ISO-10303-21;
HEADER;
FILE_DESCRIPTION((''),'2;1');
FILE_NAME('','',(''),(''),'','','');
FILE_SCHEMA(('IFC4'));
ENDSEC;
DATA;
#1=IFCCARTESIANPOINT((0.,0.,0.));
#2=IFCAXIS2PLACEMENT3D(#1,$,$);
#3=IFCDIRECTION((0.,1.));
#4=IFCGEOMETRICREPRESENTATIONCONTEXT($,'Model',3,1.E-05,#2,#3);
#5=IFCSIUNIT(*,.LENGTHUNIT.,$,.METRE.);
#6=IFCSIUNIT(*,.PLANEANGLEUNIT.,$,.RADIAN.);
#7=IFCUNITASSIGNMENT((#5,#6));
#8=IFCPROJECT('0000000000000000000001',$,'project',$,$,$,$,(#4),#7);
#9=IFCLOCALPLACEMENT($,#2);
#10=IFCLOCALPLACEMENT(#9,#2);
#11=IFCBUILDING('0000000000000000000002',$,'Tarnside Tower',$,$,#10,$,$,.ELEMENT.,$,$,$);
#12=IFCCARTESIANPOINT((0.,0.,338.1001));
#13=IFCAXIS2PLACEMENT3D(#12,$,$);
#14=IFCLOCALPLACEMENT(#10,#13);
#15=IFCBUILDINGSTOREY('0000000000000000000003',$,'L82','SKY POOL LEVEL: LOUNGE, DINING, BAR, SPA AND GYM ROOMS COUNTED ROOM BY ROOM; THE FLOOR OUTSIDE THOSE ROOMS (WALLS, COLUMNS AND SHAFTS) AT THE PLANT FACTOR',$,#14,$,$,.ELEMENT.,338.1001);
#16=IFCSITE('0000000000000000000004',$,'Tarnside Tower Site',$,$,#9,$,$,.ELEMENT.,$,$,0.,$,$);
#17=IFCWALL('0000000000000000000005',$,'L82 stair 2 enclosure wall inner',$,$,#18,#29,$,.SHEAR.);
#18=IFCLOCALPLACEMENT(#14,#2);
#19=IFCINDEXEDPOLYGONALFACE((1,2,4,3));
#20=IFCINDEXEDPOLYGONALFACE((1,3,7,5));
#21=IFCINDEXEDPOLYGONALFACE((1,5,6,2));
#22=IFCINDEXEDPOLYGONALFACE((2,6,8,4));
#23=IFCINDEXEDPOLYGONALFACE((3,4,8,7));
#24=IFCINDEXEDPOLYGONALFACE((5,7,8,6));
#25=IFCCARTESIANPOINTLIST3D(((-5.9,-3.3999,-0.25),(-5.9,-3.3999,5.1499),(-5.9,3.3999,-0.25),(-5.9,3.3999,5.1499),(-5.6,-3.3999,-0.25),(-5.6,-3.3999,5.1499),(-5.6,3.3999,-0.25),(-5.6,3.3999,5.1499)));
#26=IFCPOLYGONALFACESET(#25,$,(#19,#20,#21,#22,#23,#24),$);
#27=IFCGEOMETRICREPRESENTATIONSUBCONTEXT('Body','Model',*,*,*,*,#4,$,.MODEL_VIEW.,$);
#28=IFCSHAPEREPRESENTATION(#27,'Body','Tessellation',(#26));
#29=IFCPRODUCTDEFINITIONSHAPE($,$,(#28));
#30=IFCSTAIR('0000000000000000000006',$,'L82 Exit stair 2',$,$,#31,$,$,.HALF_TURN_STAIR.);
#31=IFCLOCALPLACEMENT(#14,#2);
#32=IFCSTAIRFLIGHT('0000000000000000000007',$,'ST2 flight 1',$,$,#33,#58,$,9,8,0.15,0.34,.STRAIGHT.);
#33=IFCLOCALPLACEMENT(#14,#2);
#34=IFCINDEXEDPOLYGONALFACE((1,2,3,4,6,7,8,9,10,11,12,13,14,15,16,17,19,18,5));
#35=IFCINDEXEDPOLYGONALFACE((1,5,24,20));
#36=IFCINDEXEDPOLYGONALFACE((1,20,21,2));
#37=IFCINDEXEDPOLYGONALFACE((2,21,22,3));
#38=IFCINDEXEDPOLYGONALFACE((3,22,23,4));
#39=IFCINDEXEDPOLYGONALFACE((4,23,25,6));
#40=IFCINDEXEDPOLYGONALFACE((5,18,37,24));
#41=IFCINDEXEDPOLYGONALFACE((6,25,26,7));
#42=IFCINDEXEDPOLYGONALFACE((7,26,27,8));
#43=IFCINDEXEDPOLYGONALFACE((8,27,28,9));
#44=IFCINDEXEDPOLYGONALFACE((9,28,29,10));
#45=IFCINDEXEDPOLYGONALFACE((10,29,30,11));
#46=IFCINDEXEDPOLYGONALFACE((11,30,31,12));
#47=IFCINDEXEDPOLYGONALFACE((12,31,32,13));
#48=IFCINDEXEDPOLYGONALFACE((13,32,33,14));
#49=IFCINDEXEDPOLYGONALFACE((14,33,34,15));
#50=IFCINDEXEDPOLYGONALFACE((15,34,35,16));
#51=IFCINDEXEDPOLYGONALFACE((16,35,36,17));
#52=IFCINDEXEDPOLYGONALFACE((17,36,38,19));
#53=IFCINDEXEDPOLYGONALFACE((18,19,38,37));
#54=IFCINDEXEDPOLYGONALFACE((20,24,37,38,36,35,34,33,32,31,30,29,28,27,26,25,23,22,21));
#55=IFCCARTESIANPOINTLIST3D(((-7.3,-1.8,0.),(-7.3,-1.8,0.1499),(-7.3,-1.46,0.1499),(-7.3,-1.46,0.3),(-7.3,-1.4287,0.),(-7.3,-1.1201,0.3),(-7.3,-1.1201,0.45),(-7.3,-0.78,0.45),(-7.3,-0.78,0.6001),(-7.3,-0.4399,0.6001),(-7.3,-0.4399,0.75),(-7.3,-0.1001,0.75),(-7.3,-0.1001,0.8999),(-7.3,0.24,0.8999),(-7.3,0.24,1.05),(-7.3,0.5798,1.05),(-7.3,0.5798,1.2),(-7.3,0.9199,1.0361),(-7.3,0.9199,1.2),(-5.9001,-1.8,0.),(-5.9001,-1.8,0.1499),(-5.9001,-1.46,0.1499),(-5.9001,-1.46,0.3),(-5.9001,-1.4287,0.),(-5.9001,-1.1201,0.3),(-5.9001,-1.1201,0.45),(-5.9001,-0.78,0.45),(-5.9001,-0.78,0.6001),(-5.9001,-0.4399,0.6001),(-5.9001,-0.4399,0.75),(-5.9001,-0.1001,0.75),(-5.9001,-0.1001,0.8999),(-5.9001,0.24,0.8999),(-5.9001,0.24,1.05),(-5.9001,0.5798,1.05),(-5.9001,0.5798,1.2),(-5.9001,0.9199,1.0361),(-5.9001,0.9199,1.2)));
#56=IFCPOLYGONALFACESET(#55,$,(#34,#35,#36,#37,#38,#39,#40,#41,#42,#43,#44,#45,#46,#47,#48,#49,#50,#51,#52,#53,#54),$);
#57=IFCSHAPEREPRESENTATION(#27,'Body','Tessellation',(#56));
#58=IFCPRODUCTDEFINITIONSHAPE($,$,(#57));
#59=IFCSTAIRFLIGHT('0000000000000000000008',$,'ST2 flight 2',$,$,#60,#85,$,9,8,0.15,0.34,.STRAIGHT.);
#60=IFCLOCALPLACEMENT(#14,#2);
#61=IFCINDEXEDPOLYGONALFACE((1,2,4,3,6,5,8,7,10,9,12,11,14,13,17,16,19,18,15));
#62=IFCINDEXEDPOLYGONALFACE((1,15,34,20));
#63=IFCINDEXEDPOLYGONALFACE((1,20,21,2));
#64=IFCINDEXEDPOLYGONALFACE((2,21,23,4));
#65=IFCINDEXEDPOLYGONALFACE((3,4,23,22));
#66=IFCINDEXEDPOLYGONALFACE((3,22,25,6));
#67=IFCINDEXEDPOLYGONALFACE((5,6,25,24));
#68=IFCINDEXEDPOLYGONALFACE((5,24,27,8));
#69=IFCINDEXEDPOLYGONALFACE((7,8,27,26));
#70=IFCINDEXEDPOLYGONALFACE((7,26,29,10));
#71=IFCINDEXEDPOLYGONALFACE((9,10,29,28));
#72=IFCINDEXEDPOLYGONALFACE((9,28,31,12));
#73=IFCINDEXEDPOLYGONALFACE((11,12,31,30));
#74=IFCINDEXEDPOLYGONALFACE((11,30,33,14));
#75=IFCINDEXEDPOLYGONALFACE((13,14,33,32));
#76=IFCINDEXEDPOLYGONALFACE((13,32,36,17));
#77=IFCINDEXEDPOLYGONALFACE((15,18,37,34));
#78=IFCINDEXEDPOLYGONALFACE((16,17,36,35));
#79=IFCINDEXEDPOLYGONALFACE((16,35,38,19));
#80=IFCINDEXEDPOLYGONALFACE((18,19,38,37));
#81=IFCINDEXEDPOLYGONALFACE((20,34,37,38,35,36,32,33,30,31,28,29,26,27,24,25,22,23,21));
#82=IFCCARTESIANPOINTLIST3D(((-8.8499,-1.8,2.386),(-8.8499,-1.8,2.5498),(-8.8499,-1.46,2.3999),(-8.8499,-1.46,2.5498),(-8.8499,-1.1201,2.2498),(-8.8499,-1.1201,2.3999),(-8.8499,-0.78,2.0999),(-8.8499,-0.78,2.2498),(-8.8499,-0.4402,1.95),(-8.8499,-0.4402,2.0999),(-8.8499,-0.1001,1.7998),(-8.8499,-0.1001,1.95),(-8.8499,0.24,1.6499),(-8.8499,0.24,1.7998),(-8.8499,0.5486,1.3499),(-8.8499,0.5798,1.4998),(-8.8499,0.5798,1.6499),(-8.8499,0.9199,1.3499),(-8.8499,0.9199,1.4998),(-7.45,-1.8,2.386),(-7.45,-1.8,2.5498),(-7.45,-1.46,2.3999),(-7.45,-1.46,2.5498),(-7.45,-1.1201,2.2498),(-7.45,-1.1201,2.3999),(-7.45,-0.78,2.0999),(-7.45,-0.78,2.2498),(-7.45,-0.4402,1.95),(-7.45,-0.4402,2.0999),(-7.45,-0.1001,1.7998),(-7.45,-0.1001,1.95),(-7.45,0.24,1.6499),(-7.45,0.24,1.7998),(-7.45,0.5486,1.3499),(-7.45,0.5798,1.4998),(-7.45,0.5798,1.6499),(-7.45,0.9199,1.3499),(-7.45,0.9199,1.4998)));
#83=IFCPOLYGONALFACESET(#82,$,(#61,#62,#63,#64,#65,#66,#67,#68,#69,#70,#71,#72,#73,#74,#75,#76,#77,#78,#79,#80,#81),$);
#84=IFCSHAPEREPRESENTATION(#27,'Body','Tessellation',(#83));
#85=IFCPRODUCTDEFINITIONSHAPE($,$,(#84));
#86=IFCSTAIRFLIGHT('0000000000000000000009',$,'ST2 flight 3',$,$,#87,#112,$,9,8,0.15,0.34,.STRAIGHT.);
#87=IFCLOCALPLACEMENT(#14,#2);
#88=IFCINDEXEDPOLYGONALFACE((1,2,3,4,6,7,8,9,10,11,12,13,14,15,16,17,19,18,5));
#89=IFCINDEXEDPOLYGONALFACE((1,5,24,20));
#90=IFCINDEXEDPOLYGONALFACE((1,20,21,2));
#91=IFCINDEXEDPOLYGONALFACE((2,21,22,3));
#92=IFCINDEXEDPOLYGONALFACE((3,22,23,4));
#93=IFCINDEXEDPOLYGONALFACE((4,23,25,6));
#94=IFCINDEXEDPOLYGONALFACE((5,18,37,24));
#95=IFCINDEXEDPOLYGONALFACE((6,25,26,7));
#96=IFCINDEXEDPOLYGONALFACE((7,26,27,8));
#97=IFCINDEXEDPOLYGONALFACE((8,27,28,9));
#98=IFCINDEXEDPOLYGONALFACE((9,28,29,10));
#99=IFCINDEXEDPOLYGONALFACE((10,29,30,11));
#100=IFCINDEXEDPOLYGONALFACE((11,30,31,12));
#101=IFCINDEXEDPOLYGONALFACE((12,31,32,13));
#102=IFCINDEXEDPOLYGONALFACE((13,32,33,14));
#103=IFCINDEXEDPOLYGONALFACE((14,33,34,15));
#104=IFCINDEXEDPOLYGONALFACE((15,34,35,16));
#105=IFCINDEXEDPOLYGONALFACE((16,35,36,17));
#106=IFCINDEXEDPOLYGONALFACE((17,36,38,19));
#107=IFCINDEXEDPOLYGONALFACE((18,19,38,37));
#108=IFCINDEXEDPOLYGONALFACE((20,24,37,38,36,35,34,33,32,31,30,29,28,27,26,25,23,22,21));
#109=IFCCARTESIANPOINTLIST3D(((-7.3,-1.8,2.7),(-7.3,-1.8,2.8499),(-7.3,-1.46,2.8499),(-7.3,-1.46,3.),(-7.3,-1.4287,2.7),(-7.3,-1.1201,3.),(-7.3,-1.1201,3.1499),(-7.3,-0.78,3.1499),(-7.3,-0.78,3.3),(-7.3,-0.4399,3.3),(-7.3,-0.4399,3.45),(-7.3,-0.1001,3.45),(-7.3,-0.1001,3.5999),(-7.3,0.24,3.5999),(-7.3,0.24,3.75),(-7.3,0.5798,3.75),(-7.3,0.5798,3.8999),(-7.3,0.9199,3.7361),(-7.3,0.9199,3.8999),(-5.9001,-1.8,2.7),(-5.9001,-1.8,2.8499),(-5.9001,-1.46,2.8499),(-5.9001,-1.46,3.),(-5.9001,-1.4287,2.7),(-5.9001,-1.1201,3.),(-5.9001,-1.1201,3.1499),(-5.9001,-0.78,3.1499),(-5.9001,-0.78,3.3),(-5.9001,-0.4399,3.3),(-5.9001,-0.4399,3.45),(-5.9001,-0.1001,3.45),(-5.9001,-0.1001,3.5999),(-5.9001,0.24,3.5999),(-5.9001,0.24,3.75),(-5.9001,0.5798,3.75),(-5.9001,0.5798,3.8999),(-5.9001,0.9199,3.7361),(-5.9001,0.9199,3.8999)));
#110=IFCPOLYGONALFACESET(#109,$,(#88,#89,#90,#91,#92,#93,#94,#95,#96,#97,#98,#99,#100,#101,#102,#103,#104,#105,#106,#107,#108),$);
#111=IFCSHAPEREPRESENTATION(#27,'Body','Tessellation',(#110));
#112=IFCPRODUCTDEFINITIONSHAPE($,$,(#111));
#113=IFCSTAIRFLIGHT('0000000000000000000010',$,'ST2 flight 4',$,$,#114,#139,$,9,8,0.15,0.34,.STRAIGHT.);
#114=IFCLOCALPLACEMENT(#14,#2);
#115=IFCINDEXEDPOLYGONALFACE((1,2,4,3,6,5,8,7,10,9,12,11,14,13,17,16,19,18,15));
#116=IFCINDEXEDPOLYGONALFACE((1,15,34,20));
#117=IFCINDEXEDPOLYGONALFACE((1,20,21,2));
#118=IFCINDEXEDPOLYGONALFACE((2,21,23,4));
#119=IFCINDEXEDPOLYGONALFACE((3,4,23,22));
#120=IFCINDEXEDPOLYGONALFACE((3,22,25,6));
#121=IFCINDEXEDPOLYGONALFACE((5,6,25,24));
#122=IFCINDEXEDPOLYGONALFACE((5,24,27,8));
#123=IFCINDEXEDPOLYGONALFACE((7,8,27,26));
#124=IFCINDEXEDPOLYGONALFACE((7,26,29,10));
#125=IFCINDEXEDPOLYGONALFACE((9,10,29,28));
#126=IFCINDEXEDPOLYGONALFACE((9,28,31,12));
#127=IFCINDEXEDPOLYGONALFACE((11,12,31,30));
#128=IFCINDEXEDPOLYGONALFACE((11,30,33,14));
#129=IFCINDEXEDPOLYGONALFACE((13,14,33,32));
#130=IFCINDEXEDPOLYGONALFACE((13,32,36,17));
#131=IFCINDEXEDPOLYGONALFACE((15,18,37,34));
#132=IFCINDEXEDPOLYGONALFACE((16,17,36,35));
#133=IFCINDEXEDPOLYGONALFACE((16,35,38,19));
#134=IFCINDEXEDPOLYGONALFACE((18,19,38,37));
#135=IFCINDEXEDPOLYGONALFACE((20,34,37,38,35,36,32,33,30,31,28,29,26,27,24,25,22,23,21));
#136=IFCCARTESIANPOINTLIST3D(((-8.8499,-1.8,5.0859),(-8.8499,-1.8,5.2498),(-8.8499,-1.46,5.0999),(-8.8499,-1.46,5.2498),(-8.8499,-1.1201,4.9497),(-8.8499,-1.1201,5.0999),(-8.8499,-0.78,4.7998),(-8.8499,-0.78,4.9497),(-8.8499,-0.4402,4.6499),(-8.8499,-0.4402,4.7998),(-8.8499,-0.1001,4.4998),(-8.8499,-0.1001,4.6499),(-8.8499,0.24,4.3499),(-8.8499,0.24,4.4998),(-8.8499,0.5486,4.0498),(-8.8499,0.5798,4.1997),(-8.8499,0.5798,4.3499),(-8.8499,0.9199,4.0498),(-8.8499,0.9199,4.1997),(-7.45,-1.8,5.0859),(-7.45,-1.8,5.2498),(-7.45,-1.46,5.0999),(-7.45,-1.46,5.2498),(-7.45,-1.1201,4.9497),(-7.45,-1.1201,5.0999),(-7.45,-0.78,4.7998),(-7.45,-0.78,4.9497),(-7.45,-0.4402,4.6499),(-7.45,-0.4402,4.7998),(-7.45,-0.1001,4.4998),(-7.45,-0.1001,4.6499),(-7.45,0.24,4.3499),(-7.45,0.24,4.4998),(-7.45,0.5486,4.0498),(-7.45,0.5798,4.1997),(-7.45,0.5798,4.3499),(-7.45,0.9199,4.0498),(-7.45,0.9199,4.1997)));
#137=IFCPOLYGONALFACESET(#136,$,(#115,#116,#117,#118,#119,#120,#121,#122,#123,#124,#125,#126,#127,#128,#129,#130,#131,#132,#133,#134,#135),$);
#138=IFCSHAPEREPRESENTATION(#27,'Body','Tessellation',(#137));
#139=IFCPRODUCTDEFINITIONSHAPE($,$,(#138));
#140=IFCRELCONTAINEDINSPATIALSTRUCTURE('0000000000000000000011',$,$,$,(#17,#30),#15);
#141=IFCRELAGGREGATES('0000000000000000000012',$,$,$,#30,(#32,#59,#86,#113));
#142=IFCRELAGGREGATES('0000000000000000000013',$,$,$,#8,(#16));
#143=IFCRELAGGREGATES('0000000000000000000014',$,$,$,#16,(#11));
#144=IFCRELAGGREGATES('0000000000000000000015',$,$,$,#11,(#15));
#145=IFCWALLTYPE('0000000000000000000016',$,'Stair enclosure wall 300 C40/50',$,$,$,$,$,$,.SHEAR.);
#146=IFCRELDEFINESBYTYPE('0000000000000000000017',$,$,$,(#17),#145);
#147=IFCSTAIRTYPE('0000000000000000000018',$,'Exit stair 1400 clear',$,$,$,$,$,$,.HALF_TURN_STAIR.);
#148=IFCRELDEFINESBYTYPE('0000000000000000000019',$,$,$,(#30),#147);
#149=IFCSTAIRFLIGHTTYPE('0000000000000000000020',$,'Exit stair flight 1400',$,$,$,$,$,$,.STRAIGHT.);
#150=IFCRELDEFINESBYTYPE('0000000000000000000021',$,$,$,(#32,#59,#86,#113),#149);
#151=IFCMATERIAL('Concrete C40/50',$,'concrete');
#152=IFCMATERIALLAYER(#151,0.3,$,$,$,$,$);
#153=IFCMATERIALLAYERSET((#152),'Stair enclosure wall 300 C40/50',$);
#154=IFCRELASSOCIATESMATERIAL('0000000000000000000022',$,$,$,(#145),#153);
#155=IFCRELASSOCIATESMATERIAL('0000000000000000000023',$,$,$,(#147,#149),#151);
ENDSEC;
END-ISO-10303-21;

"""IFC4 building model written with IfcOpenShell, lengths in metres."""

from ifc_helpers import new_model, si_unit, direction, frame, frame_2d, origin, place, context, subcontext, project, spatial, polyline, rectangle, outline, extrude, material, layer, layer_set, type_object, element, aggregate, save


model = new_model("IFC4")

# Units and contexts
model_context = context("Model", 3, precision=1e-05, world=origin(), true_north=direction((0.0, 1.0)))
body_context = subcontext(model_context, "Body", "Model", "MODEL_VIEW")
ifc_project = project(units=[si_unit("LENGTHUNIT", "METRE"), si_unit("PLANEANGLEUNIT", "RADIAN")], contexts=[model_context])

# Site, building, storey
site_placement = place(None, origin())
site = spatial("IfcSite", under=ifc_project, at=site_placement, Name="Tarnside Tower Site", CompositionType="ELEMENT", RefElevation=0.0)
building_placement = place(site_placement, origin())
building = spatial("IfcBuilding", under=site, at=building_placement, Name="Tarnside Tower", CompositionType="ELEMENT")
storey_placement = place(building_placement, frame((0.0, 0.0, 338.1001)))
storey = spatial("IfcBuildingStorey", under=building, at=storey_placement, Name="L82", Description="SKY POOL LEVEL: LOUNGE, DINING, BAR, SPA AND GYM ROOMS COUNTED ROOM BY ROOM; THE FLOOR OUTSIDE THOSE ROOMS (WALLS, COLUMNS AND SHAFTS) AT THE PLANT FACTOR", CompositionType="ELEMENT", Elevation=338.1001)

# Shared definitions
ifc_material_1 = material(Name="Concrete C40/50", Category="concrete")

# Wall
ifc_layer_1 = layer(ifc_material_1, 0.3)
ifc_layer_set_1 = layer_set([ifc_layer_1], Name="Stair enclosure wall 300 C40/50")
wall_type_1 = type_object("IfcWallType", Name="Stair enclosure wall 300 C40/50", PredefinedType="SHEAR", material=ifc_layer_set_1)
wall_1_placement = place(storey_placement, frame((-5.75, -3.3999, -0.25), z_axis=(0.0, 0.0, 1.0), x_axis=(0.0, 1.0, 0.0)))
element("IfcWall", 1, at=wall_1_placement, inside=storey, type_object=wall_type_1, Name="L82 stair 2 enclosure wall inner", PredefinedType="SHEAR", context=body_context, shape_type="SweptSolid", body=[
    extrude(rectangle(XDim=6.7998, YDim=0.3, at=frame_2d((3.3999, 0.0))), origin(), (0.0, 0.0, 1.0), 5.3999),
])

# Stair, stair flights
stair_type = type_object("IfcStairType", Name="Exit stair 1400 clear", PredefinedType="HALF_TURN_STAIR", material=ifc_material_1)
stair_placement = place(storey_placement, origin())
stair = element("IfcStair", 2, at=stair_placement, inside=storey, type_object=stair_type, Name="L82 Exit stair 2", PredefinedType="HALF_TURN_STAIR")
stair_flight_type = type_object("IfcStairFlightType", Name="Exit stair flight 1400", PredefinedType="STRAIGHT", material=ifc_material_1)
stair_flight_1_placement = place(storey_placement, frame((-6.6001, -1.8, 0.0), z_axis=(0.0, 0.0, 1.0), x_axis=(0.0, 1.0, 0.0)))
stair_flight_1 = element("IfcStairFlight", 3, at=stair_flight_1_placement, type_object=stair_flight_type, Name="ST2 flight 1", NumberOfRisers=9, NumberOfTreads=8, PredefinedType="STRAIGHT", RiserHeight=0.15, TreadLength=0.34, context=body_context, shape_type="SweptSolid", body=[
    extrude(outline(polyline([(0.0, 0.0), (0.0, 0.1499), (0.3401, 0.1499), (0.3401, 0.3), (0.6799, 0.3), (0.6799, 0.45), (1.02, 0.45), (1.02, 0.6001), (1.3601, 0.6001), (1.3601, 0.75), (1.7, 0.75), (1.7, 0.8999), (2.04, 0.8999), (2.04, 1.05), (2.3799, 1.05), (2.3799, 1.2), (2.72, 1.2), (2.72, 1.3501), (2.72, 1.0361), (0.3713, 0.0), (0.0, 0.0)])), frame((0.0, 0.7, 0.0), z_axis=(0.0, -1.0, 0.0), x_axis=(1.0, 0.0, 0.0)), (0.0, 0.0, 1.0), 1.3999),
])
stair_flight_2_placement = place(storey_placement, frame((-8.1499, 0.9199, 1.3499), z_axis=(0.0, 0.0, 1.0), x_axis=(0.0, -1.0, 0.0)))
stair_flight_2 = element("IfcStairFlight", 4, at=stair_flight_2_placement, type_object=stair_flight_type, Name="ST2 flight 2", NumberOfRisers=9, NumberOfTreads=8, PredefinedType="STRAIGHT", RiserHeight=0.15, TreadLength=0.34, context=body_context, shape_type="SweptSolid", body=[
    extrude(outline(polyline([(0.0, 0.0), (0.0, 0.1499), (0.3401, 0.1499), (0.3401, 0.3), (0.6799, 0.3), (0.6799, 0.45), (1.02, 0.45), (1.02, 0.6001), (1.3601, 0.6001), (1.3601, 0.75), (1.7, 0.75), (1.7, 0.8999), (2.04, 0.8999), (2.04, 1.05), (2.3799, 1.05), (2.3799, 1.2), (2.72, 1.2), (2.72, 1.3501), (2.72, 1.0361), (0.3713, 0.0), (0.0, 0.0)])), frame((0.0, 0.7, 0.0), z_axis=(0.0, -1.0, 0.0), x_axis=(1.0, 0.0, 0.0)), (0.0, 0.0, 1.0), 1.3999),
])
stair_flight_3_placement = place(storey_placement, frame((-6.6001, -1.8, 2.7), z_axis=(0.0, 0.0, 1.0), x_axis=(0.0, 1.0, 0.0)))
stair_flight_3 = element("IfcStairFlight", 5, at=stair_flight_3_placement, type_object=stair_flight_type, Name="ST2 flight 3", NumberOfRisers=9, NumberOfTreads=8, PredefinedType="STRAIGHT", RiserHeight=0.15, TreadLength=0.34, context=body_context, shape_type="SweptSolid", body=[
    extrude(outline(polyline([(0.0, 0.0), (0.0, 0.1499), (0.3401, 0.1499), (0.3401, 0.3), (0.6799, 0.3), (0.6799, 0.45), (1.02, 0.45), (1.02, 0.6001), (1.3601, 0.6001), (1.3601, 0.75), (1.7, 0.75), (1.7, 0.8999), (2.04, 0.8999), (2.04, 1.05), (2.3799, 1.05), (2.3799, 1.2), (2.72, 1.2), (2.72, 1.3501), (2.72, 1.0361), (0.3713, 0.0), (0.0, 0.0)])), frame((0.0, 0.7, 0.0), z_axis=(0.0, -1.0, 0.0), x_axis=(1.0, 0.0, 0.0)), (0.0, 0.0, 1.0), 1.3999),
])
stair_flight_4_placement = place(storey_placement, frame((-8.1499, 0.9199, 4.0498), z_axis=(0.0, 0.0, 1.0), x_axis=(0.0, -1.0, 0.0)))
stair_flight_4 = element("IfcStairFlight", 6, at=stair_flight_4_placement, type_object=stair_flight_type, Name="ST2 flight 4", NumberOfRisers=9, NumberOfTreads=8, PredefinedType="STRAIGHT", RiserHeight=0.15, TreadLength=0.34, context=body_context, shape_type="SweptSolid", body=[
    extrude(outline(polyline([(0.0, 0.0), (0.0, 0.1499), (0.3401, 0.1499), (0.3401, 0.3), (0.6799, 0.3), (0.6799, 0.45), (1.02, 0.45), (1.02, 0.6001), (1.3601, 0.6001), (1.3601, 0.75), (1.7, 0.75), (1.7, 0.8999), (2.04, 0.8999), (2.04, 1.05), (2.3799, 1.05), (2.3799, 1.2), (2.72, 1.2), (2.72, 1.3501), (2.72, 1.0361), (0.3713, 0.0), (0.0, 0.0)])), frame((0.0, 0.7, 0.0), z_axis=(0.0, -1.0, 0.0), x_axis=(1.0, 0.0, 0.0)), (0.0, 0.0, 1.0), 1.3999),
])
aggregate(stair, [stair_flight_1, stair_flight_2, stair_flight_3, stair_flight_4])

save(model, "model.ifc")
